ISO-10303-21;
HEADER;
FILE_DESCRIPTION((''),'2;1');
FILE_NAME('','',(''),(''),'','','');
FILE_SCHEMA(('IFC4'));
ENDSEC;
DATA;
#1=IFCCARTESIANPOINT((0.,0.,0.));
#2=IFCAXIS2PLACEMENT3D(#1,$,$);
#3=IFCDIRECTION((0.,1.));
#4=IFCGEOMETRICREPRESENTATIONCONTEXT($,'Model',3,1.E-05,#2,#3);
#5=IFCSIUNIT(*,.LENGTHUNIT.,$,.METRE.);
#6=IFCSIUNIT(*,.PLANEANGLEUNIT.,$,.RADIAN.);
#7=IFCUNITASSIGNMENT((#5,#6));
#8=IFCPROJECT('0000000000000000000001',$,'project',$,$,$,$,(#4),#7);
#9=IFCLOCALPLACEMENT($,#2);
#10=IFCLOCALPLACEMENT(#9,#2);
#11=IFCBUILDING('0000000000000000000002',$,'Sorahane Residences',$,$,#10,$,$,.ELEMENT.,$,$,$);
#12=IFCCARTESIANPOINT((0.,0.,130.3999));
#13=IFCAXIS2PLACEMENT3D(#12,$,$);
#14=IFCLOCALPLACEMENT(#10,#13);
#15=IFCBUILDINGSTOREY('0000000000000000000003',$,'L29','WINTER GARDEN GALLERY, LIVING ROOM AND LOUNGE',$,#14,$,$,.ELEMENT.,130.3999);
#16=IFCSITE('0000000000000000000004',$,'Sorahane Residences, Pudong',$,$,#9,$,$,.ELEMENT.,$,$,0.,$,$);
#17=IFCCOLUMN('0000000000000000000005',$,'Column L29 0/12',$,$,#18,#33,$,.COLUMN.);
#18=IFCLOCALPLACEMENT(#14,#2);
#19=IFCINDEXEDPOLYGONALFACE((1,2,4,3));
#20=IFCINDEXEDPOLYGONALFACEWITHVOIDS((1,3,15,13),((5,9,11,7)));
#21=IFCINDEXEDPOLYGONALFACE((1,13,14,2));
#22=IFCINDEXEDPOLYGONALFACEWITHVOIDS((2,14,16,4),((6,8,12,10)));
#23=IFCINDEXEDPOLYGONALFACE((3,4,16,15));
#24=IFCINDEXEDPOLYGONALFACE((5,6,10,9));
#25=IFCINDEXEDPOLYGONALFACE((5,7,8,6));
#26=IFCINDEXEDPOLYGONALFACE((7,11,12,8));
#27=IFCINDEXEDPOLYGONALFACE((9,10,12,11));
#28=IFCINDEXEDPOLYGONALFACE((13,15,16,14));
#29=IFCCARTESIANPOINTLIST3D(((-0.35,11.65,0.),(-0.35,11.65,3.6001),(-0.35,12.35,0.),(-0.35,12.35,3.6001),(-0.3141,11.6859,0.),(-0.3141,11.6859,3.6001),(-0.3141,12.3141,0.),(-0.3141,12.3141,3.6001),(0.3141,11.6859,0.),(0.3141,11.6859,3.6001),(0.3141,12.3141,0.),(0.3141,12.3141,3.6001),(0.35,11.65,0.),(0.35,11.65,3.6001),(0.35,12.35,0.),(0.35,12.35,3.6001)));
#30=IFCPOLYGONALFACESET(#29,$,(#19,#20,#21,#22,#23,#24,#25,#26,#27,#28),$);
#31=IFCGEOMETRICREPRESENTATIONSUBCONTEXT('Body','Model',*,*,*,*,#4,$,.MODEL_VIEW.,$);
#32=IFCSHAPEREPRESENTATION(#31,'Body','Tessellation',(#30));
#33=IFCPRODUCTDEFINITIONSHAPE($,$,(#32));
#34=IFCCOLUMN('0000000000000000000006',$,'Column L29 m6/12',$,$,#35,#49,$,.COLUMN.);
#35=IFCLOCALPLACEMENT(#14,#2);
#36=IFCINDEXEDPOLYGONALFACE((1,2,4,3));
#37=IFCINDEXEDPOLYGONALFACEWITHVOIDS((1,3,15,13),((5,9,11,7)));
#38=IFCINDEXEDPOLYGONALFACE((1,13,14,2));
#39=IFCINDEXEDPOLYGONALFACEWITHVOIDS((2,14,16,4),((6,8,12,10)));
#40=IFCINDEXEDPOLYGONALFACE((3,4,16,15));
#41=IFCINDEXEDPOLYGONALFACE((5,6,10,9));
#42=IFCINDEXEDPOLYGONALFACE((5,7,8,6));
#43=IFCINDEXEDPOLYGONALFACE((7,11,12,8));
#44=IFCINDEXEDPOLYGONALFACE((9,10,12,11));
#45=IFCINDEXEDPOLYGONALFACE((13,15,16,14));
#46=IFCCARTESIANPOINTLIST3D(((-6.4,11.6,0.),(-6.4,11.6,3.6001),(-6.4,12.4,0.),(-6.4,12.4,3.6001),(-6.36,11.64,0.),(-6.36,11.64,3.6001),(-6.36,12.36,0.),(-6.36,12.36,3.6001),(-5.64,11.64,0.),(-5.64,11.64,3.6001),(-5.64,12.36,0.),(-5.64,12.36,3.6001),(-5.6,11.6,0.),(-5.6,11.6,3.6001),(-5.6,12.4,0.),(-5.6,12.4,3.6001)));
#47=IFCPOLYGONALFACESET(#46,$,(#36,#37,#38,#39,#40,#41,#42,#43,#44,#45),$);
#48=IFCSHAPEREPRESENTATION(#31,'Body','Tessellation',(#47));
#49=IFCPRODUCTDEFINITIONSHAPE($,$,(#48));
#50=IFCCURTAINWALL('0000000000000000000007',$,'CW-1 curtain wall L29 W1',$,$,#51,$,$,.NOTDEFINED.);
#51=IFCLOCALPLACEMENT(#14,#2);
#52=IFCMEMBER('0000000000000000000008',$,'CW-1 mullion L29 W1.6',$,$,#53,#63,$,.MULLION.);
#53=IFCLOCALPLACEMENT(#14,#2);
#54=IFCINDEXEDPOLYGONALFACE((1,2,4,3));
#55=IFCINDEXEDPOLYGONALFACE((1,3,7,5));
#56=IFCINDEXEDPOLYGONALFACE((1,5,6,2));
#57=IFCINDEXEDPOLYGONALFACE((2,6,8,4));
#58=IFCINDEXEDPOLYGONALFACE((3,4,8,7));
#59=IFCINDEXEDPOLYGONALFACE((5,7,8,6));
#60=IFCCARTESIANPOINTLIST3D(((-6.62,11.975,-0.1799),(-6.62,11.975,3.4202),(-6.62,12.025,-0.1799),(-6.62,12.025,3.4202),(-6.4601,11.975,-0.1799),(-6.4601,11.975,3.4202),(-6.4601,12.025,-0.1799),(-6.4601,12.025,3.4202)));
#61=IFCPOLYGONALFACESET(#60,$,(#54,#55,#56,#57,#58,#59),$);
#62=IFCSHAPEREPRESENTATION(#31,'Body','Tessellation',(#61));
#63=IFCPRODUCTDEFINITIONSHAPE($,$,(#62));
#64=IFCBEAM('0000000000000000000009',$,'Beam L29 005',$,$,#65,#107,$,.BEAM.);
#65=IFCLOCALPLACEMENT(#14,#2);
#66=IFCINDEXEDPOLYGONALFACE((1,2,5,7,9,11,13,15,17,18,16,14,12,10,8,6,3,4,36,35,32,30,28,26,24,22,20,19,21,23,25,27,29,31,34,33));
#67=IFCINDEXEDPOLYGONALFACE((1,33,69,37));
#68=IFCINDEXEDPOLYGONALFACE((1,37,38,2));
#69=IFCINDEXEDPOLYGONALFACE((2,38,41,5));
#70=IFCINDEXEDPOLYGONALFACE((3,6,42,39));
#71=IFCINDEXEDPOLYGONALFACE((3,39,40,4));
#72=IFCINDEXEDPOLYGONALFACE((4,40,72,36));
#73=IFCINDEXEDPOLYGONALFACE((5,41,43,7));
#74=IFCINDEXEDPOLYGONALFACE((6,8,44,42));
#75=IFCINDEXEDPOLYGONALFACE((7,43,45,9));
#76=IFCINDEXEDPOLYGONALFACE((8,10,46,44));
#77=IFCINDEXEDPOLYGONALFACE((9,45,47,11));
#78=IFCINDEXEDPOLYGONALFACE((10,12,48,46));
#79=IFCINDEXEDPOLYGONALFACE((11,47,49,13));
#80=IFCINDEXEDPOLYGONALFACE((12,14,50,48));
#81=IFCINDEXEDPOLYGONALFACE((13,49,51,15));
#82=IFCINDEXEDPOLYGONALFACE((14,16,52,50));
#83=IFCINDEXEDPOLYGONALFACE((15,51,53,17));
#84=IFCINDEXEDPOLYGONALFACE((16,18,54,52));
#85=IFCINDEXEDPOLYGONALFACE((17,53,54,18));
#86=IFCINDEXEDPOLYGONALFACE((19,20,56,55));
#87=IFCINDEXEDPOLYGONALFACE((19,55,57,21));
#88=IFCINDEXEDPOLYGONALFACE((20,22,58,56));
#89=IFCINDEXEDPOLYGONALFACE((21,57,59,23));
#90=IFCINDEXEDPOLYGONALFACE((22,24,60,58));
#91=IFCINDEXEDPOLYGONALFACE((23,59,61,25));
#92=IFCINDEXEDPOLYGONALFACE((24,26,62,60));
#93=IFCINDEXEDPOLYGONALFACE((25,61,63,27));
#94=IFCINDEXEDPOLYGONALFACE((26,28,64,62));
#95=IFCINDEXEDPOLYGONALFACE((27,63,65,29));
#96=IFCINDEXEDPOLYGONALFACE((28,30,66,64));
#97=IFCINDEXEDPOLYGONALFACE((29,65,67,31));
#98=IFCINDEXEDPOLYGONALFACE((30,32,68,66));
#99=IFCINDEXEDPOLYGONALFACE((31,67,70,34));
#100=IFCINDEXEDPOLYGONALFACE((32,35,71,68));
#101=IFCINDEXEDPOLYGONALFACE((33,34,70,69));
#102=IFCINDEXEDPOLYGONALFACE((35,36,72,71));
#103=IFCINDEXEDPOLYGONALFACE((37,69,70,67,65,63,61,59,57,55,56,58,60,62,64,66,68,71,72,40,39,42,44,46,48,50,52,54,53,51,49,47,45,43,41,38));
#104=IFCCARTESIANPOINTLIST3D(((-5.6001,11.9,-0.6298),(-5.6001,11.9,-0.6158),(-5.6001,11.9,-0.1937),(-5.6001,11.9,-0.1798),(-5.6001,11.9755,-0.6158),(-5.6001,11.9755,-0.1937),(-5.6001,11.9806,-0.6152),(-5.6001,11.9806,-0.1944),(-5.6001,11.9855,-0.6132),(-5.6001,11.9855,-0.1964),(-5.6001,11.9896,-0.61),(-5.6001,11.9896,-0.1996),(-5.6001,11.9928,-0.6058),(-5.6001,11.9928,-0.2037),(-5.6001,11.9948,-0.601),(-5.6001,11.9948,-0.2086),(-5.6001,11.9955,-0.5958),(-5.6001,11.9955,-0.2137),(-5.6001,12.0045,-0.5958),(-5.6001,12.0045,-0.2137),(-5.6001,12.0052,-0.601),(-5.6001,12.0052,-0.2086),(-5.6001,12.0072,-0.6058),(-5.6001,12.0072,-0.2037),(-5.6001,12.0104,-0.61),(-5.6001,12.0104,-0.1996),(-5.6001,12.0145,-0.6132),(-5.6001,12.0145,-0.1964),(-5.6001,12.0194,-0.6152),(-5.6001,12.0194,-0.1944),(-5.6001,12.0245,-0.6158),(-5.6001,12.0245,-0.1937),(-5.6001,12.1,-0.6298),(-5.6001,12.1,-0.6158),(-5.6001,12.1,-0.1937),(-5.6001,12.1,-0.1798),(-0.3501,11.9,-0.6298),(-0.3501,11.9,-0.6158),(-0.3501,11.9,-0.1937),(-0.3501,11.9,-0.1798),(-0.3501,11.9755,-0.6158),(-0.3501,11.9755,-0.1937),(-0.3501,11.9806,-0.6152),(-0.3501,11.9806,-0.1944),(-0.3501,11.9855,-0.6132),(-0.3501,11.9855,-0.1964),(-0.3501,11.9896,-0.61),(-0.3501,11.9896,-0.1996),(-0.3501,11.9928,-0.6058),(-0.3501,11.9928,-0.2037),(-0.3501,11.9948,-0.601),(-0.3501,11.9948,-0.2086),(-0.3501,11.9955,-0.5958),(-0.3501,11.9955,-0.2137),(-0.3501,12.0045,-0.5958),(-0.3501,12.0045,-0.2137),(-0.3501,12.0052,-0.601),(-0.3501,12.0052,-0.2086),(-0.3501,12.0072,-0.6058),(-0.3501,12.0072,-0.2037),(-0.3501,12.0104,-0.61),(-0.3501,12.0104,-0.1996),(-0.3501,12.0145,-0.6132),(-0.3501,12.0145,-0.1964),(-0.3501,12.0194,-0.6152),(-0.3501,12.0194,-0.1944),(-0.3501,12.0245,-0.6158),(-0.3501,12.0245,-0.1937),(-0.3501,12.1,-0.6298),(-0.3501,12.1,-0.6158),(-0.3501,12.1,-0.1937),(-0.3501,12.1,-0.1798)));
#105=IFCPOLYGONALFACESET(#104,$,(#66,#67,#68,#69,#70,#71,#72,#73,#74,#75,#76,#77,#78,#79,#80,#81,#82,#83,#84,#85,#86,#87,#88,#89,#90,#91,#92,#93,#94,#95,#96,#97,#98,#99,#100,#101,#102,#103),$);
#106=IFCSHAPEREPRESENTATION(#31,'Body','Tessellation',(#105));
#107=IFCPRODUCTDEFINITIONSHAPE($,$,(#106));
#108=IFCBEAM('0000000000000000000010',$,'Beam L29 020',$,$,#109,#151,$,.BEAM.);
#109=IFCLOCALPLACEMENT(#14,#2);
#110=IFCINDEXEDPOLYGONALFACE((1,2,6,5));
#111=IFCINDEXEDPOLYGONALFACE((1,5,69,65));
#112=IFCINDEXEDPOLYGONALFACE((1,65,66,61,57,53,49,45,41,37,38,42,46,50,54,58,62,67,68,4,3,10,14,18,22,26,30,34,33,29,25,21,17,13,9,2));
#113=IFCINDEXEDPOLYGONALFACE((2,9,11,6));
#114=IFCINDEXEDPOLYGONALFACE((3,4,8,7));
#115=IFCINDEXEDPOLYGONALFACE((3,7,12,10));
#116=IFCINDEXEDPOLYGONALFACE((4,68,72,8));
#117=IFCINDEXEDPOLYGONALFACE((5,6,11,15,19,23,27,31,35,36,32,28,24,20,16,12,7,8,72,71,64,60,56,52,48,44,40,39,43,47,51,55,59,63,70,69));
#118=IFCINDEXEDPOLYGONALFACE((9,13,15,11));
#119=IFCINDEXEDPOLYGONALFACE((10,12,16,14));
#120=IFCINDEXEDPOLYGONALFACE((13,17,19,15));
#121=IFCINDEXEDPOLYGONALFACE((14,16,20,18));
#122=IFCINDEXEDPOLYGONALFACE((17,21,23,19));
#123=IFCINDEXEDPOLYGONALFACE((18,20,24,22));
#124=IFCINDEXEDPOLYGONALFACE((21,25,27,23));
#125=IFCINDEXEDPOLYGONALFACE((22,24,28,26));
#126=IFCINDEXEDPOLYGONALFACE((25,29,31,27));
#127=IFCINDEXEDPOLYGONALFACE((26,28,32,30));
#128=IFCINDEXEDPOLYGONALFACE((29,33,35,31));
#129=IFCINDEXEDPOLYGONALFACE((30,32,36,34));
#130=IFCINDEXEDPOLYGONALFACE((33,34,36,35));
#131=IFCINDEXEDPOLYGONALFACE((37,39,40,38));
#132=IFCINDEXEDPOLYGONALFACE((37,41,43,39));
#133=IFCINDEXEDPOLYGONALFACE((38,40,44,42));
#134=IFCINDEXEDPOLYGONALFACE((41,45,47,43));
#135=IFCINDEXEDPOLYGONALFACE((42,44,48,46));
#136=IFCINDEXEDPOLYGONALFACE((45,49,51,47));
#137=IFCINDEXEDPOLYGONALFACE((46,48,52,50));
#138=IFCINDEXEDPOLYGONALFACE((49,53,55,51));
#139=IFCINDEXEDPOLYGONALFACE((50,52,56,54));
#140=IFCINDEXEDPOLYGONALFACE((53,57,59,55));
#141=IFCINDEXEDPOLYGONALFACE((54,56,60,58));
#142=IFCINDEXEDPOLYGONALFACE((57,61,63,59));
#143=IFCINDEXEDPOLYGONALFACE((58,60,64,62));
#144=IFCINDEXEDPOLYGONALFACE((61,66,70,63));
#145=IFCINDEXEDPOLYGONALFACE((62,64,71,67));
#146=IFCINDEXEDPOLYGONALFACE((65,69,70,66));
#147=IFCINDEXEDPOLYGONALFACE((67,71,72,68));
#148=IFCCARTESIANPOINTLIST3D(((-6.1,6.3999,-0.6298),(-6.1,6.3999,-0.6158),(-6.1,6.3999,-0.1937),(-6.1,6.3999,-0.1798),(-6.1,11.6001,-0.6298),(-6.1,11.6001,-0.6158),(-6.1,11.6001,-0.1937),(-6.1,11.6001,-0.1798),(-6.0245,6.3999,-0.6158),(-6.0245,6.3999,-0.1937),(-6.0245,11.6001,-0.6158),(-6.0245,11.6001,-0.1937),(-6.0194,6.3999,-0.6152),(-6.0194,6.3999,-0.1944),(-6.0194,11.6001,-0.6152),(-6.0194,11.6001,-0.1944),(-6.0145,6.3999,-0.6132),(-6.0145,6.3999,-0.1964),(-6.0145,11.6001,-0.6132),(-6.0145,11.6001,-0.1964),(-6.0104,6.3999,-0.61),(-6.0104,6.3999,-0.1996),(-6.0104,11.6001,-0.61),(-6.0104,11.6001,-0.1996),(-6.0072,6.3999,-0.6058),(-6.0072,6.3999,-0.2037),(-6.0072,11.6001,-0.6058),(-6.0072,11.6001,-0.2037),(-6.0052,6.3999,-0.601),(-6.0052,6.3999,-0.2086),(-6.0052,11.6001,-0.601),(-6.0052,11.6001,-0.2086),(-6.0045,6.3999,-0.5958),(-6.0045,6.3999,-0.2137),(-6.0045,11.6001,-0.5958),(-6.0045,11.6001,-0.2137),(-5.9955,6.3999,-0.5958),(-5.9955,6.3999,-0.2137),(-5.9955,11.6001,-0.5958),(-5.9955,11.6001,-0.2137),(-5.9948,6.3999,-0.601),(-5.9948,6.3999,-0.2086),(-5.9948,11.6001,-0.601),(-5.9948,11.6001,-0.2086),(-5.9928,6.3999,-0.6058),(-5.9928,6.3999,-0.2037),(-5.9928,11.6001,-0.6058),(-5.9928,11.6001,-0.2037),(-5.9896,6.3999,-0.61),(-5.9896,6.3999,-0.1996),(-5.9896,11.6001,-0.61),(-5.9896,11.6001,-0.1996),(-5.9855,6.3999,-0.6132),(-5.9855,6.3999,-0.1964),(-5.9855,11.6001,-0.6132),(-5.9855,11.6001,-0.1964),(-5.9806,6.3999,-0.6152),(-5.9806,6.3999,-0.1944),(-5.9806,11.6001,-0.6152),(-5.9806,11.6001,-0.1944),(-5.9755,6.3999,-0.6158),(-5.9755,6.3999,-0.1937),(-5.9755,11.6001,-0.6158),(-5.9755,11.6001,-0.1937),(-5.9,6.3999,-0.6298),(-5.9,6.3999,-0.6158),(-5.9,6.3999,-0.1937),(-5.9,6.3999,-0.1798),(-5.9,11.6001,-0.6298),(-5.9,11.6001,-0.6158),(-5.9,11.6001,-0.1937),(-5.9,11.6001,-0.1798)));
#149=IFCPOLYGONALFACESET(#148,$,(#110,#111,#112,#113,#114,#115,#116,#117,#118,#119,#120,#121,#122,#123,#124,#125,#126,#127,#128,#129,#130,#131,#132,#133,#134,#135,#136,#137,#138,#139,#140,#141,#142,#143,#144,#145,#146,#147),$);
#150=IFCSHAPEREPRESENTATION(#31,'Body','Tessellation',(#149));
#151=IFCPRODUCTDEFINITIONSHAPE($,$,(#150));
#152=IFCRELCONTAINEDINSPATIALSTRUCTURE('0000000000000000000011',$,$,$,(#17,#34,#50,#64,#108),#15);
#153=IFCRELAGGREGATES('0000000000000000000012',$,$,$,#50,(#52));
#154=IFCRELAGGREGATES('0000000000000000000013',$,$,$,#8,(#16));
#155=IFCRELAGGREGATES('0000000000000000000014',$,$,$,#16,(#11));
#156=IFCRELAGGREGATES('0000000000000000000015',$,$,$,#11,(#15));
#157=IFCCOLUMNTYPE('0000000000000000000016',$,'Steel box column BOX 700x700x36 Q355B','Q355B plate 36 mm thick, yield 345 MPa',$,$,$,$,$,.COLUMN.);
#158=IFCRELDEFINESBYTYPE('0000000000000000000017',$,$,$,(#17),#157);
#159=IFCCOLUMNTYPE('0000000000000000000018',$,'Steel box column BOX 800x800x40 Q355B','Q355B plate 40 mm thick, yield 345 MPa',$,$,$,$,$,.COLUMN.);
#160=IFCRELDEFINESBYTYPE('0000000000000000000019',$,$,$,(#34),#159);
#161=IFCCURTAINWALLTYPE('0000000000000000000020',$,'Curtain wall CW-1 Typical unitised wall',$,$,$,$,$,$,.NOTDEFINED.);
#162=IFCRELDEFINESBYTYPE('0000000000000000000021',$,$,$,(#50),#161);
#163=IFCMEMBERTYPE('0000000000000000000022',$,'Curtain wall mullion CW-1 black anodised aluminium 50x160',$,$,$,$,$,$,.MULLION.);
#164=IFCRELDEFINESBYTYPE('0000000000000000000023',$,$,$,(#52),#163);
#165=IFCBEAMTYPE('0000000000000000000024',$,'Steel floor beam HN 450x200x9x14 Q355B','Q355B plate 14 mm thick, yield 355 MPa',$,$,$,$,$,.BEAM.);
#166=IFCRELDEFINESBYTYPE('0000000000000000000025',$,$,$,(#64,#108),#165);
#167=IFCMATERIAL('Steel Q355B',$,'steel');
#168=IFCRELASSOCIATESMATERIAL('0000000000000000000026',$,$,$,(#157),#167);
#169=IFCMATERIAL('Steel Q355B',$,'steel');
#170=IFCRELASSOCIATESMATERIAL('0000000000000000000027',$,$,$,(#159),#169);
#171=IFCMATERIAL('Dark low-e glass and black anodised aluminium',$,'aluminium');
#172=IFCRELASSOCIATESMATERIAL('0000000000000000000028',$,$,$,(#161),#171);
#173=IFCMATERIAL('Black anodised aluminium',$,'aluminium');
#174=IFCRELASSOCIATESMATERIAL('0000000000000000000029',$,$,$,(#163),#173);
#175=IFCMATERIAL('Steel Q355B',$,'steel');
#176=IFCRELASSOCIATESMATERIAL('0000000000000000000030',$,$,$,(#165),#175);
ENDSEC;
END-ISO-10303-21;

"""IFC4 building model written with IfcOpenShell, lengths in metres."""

from ifc_helpers import new_model, si_unit, direction, frame, origin, origin_2d, place, context, subcontext, project, spatial, rectangle, hollow_rectangle, i_section, extrude, material, material_profile, profile_set, type_object, element, aggregate, save


model = new_model("IFC4")

# Units and contexts
model_context = context("Model", 3, precision=1e-05, world=origin(), true_north=direction((0.0, 1.0)))
body_context = subcontext(model_context, "Body", "Model", "MODEL_VIEW")
ifc_project = project(units=[si_unit("LENGTHUNIT", "METRE"), si_unit("PLANEANGLEUNIT", "RADIAN")], contexts=[model_context])

# Site, building, storey
site_placement = place(None, origin())
site = spatial("IfcSite", under=ifc_project, at=site_placement, Name="Sorahane Residences, Pudong", CompositionType="ELEMENT", RefElevation=0.0)
building_placement = place(site_placement, origin())
building = spatial("IfcBuilding", under=site, at=building_placement, Name="Sorahane Residences", CompositionType="ELEMENT")
storey_placement = place(building_placement, frame((0.0, 0.0, 130.3999)))
storey = spatial("IfcBuildingStorey", under=building, at=storey_placement, Name="L29", Description="WINTER GARDEN GALLERY, LIVING ROOM AND LOUNGE", CompositionType="ELEMENT", Elevation=130.3999)

# Columns
ifc_material_1 = material(Name="Steel Q355B", Category="steel")
ifc_material_profile_1 = material_profile(ifc_material_1, hollow_rectangle(XDim=0.7, YDim=0.7, WallThickness=0.0359, at=origin_2d()), Name="BOX 700x700x36")
ifc_profile_set_1 = profile_set([ifc_material_profile_1], Name="Steel Q355B")
column_type_1 = type_object("IfcColumnType", Name="Steel box column BOX 700x700x36 Q355B", Description="Q355B plate 36 mm thick, yield 345 MPa", PredefinedType="COLUMN", material=ifc_profile_set_1)
column_1_placement = place(storey_placement, frame((0.0, 12.0, 0.0), z_axis=(0.0, 0.0, 1.0), x_axis=(1.0, 0.0, 0.0)))
element("IfcColumn", 1, at=column_1_placement, inside=storey, type_object=column_type_1, Name="Column L29 0/12", PredefinedType="COLUMN", context=body_context, shape_type="SweptSolid", body=[
    extrude(hollow_rectangle(XDim=0.7, YDim=0.7, WallThickness=0.0359, at=origin_2d()), origin(), (0.0, 0.0, 1.0), 3.6001),
])
ifc_material_2 = material(Name="Steel Q355B", Category="steel")
ifc_material_profile_2 = material_profile(ifc_material_2, hollow_rectangle(XDim=0.8, YDim=0.8, WallThickness=0.04, at=origin_2d()), Name="BOX 800x800x40")
ifc_profile_set_2 = profile_set([ifc_material_profile_2], Name="Steel Q355B")
column_type_2 = type_object("IfcColumnType", Name="Steel box column BOX 800x800x40 Q355B", Description="Q355B plate 40 mm thick, yield 345 MPa", PredefinedType="COLUMN", material=ifc_profile_set_2)
column_2_placement = place(storey_placement, frame((-6.0, 12.0, 0.0), z_axis=(0.0, 0.0, 1.0), x_axis=(1.0, 0.0, 0.0)))
element("IfcColumn", 2, at=column_2_placement, inside=storey, type_object=column_type_2, Name="Column L29 m6/12", PredefinedType="COLUMN", context=body_context, shape_type="SweptSolid", body=[
    extrude(hollow_rectangle(XDim=0.8, YDim=0.8, WallThickness=0.04, at=origin_2d()), origin(), (0.0, 0.0, 1.0), 3.6001),
])

# Curtain wall, member
ifc_material_3 = material(Name="Dark low-e glass and black anodised aluminium", Category="aluminium")
curtain_wall_type = type_object("IfcCurtainWallType", Name="Curtain wall CW-1 Typical unitised wall", PredefinedType="NOTDEFINED", material=ifc_material_3)
curtain_wall_placement = place(storey_placement, origin())
curtain_wall = element("IfcCurtainWall", 3, at=curtain_wall_placement, inside=storey, type_object=curtain_wall_type, Name="CW-1 curtain wall L29 W1", PredefinedType="NOTDEFINED")
ifc_material_4 = material(Name="Black anodised aluminium", Category="aluminium")
ifc_material_profile_3 = material_profile(ifc_material_4, rectangle(XDim=0.1599, YDim=0.05, at=origin_2d()), Name="Curtain wall mullion CW-1 black anodised aluminium 50x160")
ifc_profile_set_3 = profile_set([ifc_material_profile_3], Name="Black anodised aluminium")
member_type = type_object("IfcMemberType", Name="Curtain wall mullion CW-1 black anodised aluminium 50x160", PredefinedType="MULLION", material=ifc_profile_set_3)
member_placement = place(storey_placement, frame((-6.54, 12.0, -0.1799), z_axis=(0.0, 0.0, 1.0), x_axis=(-1.0, 0.0, 0.0)))
member = element("IfcMember", 4, at=member_placement, type_object=member_type, Name="CW-1 mullion L29 W1.6", PredefinedType="MULLION", context=body_context, shape_type="SweptSolid", body=[
    extrude(rectangle(XDim=0.1599, YDim=0.05, at=origin_2d()), origin(), (0.0, 0.0, 1.0), 3.6001),
])

# Beams
ifc_material_5 = material(Name="Steel Q355B", Category="steel")
ifc_material_profile_4 = material_profile(ifc_material_5, i_section(OverallWidth=0.2, OverallDepth=0.45, WebThickness=0.009, FlangeThickness=0.0139, FilletRadius=0.02, at=origin_2d()), Name="HN 450x200x9x14")
ifc_profile_set_4 = profile_set([ifc_material_profile_4], Name="Steel Q355B")
beam_type_1 = type_object("IfcBeamType", Name="Steel floor beam HN 450x200x9x14 Q355B", Description="Q355B plate 14 mm thick, yield 355 MPa", PredefinedType="BEAM", material=ifc_profile_set_4)
beam_1_placement = place(storey_placement, frame((-5.6001, 12.0, -0.4048), z_axis=(1.0, 0.0, 0.0), x_axis=(0.0, 1.0, 0.0)))
element("IfcBeam", 5, at=beam_1_placement, inside=storey, type_object=beam_type_1, Name="Beam L29 005", PredefinedType="BEAM", context=body_context, shape_type="SweptSolid", body=[
    extrude(i_section(OverallWidth=0.2, OverallDepth=0.45, WebThickness=0.009, FlangeThickness=0.0139, FilletRadius=0.02, at=origin_2d()), origin(), (0.0, 0.0, 1.0), 5.25),
])
beam_2_placement = place(storey_placement, frame((-6.0, 6.3999, -0.4048), z_axis=(0.0, 1.0, 0.0), x_axis=(-1.0, 0.0, 0.0)))
element("IfcBeam", 6, at=beam_2_placement, inside=storey, type_object=beam_type_1, Name="Beam L29 020", PredefinedType="BEAM", context=body_context, shape_type="SweptSolid", body=[
    extrude(i_section(OverallWidth=0.2, OverallDepth=0.45, WebThickness=0.009, FlangeThickness=0.0139, FilletRadius=0.02, at=origin_2d()), origin(), (0.0, 0.0, 1.0), 5.2002),
])

aggregate(curtain_wall, [member])

save(model, "model.ifc")
